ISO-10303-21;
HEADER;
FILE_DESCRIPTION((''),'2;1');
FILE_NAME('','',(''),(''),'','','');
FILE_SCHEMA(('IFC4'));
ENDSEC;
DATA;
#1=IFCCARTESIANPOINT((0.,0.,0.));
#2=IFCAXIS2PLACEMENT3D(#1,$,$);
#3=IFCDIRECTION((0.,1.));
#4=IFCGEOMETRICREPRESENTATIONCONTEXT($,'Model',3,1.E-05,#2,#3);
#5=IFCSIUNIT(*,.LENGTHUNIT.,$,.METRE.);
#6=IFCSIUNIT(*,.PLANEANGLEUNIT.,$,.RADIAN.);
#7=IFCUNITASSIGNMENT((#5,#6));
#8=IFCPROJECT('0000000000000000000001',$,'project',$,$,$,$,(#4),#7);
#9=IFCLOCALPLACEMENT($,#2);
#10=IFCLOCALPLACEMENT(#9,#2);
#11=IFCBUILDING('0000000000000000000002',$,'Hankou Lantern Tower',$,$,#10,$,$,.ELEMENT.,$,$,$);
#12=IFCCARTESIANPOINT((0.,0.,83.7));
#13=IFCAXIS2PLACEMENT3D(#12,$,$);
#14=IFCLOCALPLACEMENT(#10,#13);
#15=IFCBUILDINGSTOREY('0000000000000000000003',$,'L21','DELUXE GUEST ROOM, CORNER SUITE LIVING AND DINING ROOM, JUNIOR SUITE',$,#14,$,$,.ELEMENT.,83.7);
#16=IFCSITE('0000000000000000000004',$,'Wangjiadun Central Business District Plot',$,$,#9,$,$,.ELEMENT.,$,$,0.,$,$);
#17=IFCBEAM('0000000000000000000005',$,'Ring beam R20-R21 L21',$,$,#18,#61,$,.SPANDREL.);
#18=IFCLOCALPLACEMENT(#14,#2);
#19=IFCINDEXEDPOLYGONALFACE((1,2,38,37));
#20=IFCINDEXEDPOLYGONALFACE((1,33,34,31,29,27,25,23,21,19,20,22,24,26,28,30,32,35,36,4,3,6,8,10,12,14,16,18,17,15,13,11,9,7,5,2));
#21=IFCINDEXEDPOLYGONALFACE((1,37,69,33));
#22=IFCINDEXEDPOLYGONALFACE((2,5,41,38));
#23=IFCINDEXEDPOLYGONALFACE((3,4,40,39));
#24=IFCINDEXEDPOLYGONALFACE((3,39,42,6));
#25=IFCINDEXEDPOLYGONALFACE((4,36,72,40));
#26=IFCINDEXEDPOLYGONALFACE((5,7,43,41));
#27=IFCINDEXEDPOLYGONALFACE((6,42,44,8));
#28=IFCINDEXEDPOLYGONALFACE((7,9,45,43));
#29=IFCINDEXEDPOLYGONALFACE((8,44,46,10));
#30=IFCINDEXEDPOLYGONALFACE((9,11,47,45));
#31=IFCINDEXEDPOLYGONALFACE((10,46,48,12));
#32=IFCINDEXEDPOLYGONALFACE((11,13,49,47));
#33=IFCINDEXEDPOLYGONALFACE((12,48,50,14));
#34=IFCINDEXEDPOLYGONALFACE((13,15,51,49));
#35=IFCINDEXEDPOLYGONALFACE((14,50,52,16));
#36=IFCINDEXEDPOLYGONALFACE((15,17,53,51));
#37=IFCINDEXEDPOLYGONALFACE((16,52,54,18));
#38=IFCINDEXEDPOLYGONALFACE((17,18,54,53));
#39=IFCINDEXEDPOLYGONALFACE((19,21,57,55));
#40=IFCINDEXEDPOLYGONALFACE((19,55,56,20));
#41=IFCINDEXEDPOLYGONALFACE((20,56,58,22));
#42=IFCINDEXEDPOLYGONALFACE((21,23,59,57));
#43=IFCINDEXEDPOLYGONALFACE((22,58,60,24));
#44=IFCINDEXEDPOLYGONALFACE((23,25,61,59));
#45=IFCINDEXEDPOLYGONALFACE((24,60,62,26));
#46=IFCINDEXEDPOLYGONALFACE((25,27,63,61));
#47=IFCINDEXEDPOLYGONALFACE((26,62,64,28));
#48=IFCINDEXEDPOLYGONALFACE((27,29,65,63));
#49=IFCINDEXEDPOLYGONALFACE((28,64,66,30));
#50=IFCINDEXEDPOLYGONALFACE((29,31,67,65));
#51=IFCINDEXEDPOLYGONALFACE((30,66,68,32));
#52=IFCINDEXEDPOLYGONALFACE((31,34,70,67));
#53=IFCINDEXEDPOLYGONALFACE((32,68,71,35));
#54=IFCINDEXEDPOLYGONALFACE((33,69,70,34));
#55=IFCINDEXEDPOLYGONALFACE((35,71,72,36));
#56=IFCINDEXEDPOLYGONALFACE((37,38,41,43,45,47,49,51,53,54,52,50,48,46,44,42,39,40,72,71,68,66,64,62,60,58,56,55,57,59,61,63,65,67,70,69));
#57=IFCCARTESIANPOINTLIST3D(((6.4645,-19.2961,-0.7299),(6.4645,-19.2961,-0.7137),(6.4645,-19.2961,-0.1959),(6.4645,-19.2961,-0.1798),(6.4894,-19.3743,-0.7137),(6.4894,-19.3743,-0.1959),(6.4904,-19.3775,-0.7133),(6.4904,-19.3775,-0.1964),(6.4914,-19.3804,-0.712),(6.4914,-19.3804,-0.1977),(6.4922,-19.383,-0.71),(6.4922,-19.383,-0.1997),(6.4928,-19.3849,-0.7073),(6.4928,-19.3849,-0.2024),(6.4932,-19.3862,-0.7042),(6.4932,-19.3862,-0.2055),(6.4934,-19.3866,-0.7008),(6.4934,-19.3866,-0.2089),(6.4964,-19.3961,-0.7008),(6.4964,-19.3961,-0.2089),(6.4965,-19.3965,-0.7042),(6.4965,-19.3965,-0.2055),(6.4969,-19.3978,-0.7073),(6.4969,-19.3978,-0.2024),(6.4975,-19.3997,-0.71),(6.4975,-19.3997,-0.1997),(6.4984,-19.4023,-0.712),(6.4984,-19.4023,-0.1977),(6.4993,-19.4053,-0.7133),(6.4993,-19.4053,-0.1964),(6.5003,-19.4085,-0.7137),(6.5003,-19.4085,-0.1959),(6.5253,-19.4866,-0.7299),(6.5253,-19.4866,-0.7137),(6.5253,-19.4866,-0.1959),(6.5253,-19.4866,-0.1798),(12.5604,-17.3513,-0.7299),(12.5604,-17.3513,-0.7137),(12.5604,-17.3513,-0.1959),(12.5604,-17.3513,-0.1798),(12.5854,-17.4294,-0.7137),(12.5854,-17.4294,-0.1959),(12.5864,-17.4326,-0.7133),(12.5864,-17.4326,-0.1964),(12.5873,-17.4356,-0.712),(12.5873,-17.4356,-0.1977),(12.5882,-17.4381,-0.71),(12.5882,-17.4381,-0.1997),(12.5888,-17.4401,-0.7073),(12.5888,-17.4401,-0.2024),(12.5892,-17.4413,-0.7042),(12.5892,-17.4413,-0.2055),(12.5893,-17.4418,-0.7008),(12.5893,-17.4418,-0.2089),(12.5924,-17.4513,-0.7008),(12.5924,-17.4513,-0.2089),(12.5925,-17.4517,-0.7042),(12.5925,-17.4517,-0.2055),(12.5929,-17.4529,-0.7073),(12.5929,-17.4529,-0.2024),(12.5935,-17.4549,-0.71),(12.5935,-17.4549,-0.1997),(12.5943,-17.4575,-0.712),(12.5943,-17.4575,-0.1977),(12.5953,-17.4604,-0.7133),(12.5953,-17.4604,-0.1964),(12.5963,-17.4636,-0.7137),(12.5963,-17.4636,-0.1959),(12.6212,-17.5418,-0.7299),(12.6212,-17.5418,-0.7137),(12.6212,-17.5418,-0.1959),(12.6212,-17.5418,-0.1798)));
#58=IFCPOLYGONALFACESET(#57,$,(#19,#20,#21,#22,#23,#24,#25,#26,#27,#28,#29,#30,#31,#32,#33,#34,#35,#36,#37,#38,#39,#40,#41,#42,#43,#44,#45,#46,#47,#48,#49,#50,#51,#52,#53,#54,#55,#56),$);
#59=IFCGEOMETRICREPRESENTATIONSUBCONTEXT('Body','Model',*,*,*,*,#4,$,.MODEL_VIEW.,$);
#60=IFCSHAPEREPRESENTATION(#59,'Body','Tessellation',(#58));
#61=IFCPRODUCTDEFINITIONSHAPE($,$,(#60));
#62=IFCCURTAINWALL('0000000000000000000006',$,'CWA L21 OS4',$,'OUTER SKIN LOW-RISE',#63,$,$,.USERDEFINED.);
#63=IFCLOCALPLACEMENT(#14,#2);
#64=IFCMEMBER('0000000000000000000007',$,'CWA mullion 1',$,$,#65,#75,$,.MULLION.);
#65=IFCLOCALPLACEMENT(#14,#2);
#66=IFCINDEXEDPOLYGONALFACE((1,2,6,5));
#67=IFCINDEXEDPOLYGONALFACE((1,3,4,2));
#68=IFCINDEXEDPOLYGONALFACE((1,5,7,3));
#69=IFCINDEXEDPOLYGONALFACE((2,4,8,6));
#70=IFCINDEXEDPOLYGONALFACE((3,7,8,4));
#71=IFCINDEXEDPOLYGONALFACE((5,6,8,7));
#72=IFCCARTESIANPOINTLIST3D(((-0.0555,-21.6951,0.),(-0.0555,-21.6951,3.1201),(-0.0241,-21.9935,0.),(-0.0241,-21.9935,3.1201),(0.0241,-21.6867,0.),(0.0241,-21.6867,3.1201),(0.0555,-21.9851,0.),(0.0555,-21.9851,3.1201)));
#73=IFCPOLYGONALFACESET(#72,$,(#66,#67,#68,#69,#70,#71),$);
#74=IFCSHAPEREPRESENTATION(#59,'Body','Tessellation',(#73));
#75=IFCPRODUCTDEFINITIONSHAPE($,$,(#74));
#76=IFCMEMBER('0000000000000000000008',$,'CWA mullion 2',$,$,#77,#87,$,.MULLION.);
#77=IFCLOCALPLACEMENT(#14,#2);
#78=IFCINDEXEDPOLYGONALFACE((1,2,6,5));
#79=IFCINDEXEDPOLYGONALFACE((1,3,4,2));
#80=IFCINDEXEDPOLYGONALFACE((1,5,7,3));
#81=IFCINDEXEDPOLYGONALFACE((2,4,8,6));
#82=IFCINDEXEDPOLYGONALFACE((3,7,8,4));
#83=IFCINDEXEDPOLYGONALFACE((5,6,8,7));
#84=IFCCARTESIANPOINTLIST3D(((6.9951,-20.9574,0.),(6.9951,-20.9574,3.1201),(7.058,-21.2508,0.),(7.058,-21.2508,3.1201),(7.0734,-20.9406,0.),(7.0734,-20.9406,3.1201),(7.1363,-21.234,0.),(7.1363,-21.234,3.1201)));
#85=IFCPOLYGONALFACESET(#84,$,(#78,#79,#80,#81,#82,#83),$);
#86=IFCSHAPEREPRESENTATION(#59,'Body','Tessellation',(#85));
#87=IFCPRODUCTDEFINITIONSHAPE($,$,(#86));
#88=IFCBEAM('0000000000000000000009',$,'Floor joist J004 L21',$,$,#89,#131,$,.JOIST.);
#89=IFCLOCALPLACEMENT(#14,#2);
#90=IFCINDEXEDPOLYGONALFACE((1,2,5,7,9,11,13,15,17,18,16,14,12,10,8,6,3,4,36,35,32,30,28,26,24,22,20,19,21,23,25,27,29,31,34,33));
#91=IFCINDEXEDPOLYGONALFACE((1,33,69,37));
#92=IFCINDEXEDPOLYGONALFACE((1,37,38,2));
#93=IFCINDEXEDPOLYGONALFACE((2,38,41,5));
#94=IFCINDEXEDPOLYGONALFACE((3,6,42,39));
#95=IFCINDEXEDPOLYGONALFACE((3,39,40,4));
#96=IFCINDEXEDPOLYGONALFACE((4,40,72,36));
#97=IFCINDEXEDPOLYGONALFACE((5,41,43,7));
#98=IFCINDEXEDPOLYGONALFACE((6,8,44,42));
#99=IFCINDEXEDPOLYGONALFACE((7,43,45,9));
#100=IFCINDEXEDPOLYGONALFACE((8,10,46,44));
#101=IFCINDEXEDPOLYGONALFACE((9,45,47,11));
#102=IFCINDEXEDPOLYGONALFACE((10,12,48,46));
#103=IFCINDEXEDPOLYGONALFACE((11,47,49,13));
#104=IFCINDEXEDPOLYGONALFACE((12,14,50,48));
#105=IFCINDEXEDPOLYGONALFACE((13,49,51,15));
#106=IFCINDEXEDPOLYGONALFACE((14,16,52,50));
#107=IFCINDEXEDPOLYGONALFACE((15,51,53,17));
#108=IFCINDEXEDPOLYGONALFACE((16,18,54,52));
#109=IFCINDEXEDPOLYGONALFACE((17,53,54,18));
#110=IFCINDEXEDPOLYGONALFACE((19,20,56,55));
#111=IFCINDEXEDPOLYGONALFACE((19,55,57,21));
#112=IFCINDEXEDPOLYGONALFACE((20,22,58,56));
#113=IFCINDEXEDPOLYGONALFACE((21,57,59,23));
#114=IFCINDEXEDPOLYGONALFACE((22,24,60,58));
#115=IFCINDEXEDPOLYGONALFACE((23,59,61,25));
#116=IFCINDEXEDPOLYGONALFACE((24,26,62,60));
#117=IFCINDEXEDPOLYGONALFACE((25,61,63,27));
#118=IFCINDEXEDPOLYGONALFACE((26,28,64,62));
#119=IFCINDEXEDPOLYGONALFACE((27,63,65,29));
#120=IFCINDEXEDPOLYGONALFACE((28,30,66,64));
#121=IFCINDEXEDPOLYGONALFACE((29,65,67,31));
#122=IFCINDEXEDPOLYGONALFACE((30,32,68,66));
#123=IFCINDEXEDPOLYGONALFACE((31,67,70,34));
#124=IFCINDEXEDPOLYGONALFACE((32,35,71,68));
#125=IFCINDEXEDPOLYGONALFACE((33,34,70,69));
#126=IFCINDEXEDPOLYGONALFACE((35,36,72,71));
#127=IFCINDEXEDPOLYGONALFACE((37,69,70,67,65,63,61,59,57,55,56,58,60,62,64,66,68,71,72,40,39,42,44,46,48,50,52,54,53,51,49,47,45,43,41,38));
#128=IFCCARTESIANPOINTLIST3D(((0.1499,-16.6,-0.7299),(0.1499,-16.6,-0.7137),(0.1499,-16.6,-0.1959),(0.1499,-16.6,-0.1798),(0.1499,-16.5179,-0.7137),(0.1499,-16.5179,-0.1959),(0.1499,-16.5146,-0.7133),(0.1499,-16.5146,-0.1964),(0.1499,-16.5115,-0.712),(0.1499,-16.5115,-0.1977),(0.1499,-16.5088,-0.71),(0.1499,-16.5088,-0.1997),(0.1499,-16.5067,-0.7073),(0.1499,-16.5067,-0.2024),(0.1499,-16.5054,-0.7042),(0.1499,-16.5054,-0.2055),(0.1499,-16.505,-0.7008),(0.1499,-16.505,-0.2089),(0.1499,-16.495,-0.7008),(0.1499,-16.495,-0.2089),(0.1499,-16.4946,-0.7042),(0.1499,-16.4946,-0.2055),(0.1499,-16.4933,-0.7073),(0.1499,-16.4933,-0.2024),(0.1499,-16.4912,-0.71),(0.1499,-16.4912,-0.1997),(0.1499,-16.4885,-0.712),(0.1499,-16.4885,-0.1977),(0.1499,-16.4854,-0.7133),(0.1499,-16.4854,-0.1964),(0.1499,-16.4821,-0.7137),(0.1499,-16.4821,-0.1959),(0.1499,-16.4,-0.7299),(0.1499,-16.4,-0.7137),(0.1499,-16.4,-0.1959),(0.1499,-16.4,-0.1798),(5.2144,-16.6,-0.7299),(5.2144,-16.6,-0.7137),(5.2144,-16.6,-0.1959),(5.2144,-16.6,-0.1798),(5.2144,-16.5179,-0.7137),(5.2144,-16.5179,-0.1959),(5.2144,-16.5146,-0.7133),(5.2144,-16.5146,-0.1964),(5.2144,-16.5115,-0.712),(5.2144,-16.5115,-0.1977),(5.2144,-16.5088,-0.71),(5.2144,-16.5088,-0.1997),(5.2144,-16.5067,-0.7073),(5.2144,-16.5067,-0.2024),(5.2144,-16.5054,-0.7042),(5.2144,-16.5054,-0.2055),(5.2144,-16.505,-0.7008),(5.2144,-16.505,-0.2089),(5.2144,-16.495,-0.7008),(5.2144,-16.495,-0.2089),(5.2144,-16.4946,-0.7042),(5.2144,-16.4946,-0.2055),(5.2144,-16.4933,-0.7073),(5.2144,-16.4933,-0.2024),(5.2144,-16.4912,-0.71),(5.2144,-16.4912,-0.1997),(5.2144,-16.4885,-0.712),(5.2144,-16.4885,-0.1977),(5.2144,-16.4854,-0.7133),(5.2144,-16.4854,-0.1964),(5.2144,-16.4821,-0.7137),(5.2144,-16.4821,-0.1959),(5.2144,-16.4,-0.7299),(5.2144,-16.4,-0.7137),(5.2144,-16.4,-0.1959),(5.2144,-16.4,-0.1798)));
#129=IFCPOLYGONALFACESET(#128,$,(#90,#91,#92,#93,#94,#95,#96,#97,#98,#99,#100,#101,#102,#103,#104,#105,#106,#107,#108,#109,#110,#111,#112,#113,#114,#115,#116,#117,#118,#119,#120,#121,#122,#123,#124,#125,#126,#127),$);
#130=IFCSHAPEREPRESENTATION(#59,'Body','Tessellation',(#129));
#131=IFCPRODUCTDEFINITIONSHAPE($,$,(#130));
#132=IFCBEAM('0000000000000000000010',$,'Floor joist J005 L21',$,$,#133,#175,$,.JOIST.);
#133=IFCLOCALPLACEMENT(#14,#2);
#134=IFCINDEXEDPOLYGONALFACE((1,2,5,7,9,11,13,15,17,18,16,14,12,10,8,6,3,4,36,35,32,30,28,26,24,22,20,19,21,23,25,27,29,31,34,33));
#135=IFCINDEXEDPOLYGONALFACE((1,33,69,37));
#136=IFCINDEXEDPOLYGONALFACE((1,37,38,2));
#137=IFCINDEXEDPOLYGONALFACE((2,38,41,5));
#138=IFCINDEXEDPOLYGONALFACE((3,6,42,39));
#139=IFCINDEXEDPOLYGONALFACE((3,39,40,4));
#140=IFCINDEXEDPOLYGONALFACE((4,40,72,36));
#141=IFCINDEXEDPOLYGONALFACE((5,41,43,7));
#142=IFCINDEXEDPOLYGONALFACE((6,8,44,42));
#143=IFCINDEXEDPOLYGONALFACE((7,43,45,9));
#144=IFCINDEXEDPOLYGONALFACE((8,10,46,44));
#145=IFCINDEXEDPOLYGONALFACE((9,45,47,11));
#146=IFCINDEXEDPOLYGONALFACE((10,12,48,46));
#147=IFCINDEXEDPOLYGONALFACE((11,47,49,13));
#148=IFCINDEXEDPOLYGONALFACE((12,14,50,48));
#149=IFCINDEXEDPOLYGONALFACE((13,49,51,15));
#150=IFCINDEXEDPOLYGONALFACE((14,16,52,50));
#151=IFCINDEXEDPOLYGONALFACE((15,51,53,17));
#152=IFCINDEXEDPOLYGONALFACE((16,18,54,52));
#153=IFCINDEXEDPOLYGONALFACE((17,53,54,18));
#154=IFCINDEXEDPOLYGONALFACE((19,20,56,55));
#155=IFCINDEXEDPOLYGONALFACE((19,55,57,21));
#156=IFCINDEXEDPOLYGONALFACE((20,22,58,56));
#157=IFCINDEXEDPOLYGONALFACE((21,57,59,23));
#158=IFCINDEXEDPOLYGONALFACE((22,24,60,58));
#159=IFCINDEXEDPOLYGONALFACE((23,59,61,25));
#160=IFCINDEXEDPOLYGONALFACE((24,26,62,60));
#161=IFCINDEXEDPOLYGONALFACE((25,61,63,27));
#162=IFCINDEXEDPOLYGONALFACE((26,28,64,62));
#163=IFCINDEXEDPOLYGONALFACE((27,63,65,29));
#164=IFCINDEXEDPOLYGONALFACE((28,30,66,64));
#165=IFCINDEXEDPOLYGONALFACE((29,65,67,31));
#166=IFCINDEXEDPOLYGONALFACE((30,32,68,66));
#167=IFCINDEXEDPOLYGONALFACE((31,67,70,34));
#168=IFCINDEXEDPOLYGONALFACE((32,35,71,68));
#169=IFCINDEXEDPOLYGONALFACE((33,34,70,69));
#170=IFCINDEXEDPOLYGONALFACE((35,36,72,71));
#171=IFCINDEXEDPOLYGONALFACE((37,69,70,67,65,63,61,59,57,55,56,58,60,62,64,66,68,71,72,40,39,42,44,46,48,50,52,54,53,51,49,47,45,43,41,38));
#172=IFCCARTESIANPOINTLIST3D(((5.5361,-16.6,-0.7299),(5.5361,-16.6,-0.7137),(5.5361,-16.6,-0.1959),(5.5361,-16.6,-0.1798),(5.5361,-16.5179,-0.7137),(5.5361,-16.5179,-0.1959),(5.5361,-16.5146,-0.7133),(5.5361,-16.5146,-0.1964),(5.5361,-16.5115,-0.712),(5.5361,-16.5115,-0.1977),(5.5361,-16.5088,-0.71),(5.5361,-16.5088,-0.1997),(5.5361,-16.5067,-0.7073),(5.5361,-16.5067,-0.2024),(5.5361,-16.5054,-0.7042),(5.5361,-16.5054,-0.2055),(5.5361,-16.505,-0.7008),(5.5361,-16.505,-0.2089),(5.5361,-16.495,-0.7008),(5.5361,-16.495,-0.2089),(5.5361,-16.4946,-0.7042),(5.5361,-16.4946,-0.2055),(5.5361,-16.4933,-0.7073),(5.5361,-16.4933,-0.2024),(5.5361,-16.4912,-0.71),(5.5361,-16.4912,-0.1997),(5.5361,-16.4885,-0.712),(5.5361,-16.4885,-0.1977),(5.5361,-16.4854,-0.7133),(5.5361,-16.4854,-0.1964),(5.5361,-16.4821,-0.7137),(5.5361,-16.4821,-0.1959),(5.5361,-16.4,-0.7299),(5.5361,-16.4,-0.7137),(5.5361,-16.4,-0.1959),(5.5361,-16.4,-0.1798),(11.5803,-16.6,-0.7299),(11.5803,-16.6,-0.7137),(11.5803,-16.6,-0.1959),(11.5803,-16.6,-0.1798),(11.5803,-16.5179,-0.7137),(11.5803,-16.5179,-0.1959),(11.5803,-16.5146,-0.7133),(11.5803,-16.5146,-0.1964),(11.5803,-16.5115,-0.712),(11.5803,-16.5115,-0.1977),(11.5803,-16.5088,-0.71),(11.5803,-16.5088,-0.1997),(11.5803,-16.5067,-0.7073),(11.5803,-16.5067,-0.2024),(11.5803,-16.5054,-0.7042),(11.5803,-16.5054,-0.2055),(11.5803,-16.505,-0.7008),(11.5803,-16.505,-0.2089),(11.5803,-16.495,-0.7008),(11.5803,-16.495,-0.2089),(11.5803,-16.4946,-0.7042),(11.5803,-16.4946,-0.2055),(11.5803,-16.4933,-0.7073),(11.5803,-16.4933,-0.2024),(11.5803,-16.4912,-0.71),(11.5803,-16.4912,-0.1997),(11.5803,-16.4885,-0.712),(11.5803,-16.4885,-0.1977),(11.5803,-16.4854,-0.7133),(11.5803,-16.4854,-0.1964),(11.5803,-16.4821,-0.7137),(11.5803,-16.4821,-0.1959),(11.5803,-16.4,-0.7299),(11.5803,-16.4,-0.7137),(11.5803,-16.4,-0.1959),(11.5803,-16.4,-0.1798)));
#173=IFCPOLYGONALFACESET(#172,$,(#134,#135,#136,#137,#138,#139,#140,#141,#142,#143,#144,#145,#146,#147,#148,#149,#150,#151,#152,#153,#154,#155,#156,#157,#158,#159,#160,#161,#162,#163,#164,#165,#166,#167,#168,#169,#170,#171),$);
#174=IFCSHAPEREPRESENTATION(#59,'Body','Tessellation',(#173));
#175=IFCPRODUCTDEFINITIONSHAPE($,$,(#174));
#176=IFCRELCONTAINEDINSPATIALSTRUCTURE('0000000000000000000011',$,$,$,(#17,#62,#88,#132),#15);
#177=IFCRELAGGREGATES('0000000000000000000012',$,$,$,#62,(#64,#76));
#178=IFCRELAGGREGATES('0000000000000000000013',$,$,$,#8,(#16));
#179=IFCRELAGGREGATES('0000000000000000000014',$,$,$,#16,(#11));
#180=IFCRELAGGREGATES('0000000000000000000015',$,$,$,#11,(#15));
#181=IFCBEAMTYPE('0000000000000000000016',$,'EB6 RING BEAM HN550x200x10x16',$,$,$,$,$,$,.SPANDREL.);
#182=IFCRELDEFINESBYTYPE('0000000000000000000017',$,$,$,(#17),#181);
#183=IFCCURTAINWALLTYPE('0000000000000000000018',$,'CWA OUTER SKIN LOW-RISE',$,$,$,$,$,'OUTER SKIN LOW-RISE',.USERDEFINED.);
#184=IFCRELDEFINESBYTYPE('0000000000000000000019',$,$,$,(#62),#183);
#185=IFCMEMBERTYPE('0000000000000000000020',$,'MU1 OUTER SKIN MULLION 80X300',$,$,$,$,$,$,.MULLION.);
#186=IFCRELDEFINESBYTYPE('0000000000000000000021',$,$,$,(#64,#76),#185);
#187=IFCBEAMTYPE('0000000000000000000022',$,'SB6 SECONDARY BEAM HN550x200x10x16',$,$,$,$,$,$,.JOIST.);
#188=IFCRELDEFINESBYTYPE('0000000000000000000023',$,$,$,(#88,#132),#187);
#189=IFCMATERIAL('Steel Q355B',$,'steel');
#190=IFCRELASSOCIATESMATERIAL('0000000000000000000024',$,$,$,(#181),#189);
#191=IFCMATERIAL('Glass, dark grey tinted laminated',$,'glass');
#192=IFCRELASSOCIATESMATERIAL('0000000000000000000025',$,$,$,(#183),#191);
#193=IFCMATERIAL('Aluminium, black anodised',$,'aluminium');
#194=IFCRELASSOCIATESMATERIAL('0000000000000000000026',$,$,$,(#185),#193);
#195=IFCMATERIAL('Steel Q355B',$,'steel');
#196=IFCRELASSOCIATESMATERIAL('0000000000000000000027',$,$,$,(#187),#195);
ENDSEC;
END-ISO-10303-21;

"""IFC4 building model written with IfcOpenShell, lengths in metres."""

from ifc_helpers import new_model, si_unit, direction, frame, origin, origin_2d, place, context, subcontext, project, spatial, rectangle, i_section, extrude, material, material_profile, profile_set, type_object, element, aggregate, save


model = new_model("IFC4")

# Units and contexts
model_context = context("Model", 3, precision=1e-05, world=origin(), true_north=direction((0.0, 1.0)))
body_context = subcontext(model_context, "Body", "Model", "MODEL_VIEW")
ifc_project = project(units=[si_unit("LENGTHUNIT", "METRE"), si_unit("PLANEANGLEUNIT", "RADIAN")], contexts=[model_context])

# Site, building, storey
site_placement = place(None, origin())
site = spatial("IfcSite", under=ifc_project, at=site_placement, Name="Wangjiadun Central Business District Plot", CompositionType="ELEMENT", RefElevation=0.0)
building_placement = place(site_placement, origin())
building = spatial("IfcBuilding", under=site, at=building_placement, Name="Hankou Lantern Tower", CompositionType="ELEMENT")
storey_placement = place(building_placement, frame((0.0, 0.0, 83.7)))
storey = spatial("IfcBuildingStorey", under=building, at=storey_placement, Name="L21", Description="DELUXE GUEST ROOM, CORNER SUITE LIVING AND DINING ROOM, JUNIOR SUITE", CompositionType="ELEMENT", Elevation=83.7)

# Beam
ifc_material_1 = material(Name="Steel Q355B", Category="steel")
ifc_material_profile_1 = material_profile(ifc_material_1, i_section(OverallWidth=0.2, OverallDepth=0.55, WebThickness=0.01, FlangeThickness=0.0161, FilletRadius=0.0129, at=origin_2d()), Name="HN550x200x10x16")
ifc_profile_set_1 = profile_set([ifc_material_profile_1], Name="Steel Q355B")
beam_type_1 = type_object("IfcBeamType", Name="EB6 RING BEAM HN550x200x10x16", PredefinedType="SPANDREL", material=ifc_profile_set_1)
beam_1_placement = place(storey_placement, frame((6.4949, -19.3914, -0.4548), z_axis=(0.95269, 0.303942, 0.0), x_axis=(-0.303942, 0.95269, 0.0)))
element("IfcBeam", 1, at=beam_1_placement, inside=storey, type_object=beam_type_1, Name="Ring beam R20-R21 L21", PredefinedType="SPANDREL", context=body_context, shape_type="SweptSolid", body=[
    extrude(i_section(OverallWidth=0.2, OverallDepth=0.55, WebThickness=0.01, FlangeThickness=0.0161, FilletRadius=0.0129, at=origin_2d()), origin(), (0.0, 0.0, 1.0), 6.3987),
])

# Curtain wall, members
ifc_material_2 = material(Name="Glass, dark grey tinted laminated", Category="glass")
curtain_wall_type = type_object("IfcCurtainWallType", Name="CWA OUTER SKIN LOW-RISE", ElementType="OUTER SKIN LOW-RISE", PredefinedType="USERDEFINED", material=ifc_material_2)
curtain_wall_placement = place(storey_placement, origin())
curtain_wall = element("IfcCurtainWall", 2, at=curtain_wall_placement, inside=storey, type_object=curtain_wall_type, Name="CWA L21 OS4", ObjectType="OUTER SKIN LOW-RISE", PredefinedType="USERDEFINED")
ifc_material_3 = material(Name="Aluminium, black anodised", Category="aluminium")
ifc_material_profile_2 = material_profile(ifc_material_3, rectangle(XDim=0.0801, YDim=0.3, at=origin_2d()), Name="MU1 80X300")
ifc_profile_set_2 = profile_set([ifc_material_profile_2], Name="Aluminium, black anodised")
member_type_1 = type_object("IfcMemberType", Name="MU1 OUTER SKIN MULLION 80X300", PredefinedType="MULLION", material=ifc_profile_set_2)
member_1_placement = place(storey_placement, frame((0.0, -21.8401, 0.0), z_axis=(0.0, 0.0, 1.0), x_axis=(0.994499, 0.104743, 0.0)))
member_1 = element("IfcMember", 3, at=member_1_placement, type_object=member_type_1, Name="CWA mullion 1", PredefinedType="MULLION", context=body_context, shape_type="SweptSolid", body=[
    extrude(rectangle(XDim=0.0801, YDim=0.3, at=origin_2d()), origin(), (0.0, 0.0, 1.0), 3.1201),
])
member_2_placement = place(storey_placement, frame((7.0657, -21.0957, 0.0), z_axis=(0.0, 0.0, 1.0), x_axis=(0.977788, 0.209598, 0.0)))
member_2 = element("IfcMember", 4, at=member_2_placement, type_object=member_type_1, Name="CWA mullion 2", PredefinedType="MULLION", context=body_context, shape_type="SweptSolid", body=[
    extrude(rectangle(XDim=0.0801, YDim=0.3, at=origin_2d()), origin(), (0.0, 0.0, 1.0), 3.1201),
])

# Beams
ifc_material_4 = material(Name="Steel Q355B", Category="steel")
ifc_material_profile_3 = material_profile(ifc_material_4, i_section(OverallWidth=0.2, OverallDepth=0.55, WebThickness=0.01, FlangeThickness=0.0161, FilletRadius=0.0129, at=origin_2d()), Name="HN550x200x10x16")
ifc_profile_set_3 = profile_set([ifc_material_profile_3], Name="Steel Q355B")
beam_type_2 = type_object("IfcBeamType", Name="SB6 SECONDARY BEAM HN550x200x10x16", PredefinedType="JOIST", material=ifc_profile_set_3)
beam_2_placement = place(storey_placement, frame((0.1499, -16.5, -0.4548), z_axis=(1.0, 0.0, 0.0), x_axis=(0.0, 1.0, 0.0)))
element("IfcBeam", 5, at=beam_2_placement, inside=storey, type_object=beam_type_2, Name="Floor joist J004 L21", PredefinedType="JOIST", context=body_context, shape_type="SweptSolid", body=[
    extrude(i_section(OverallWidth=0.2, OverallDepth=0.55, WebThickness=0.01, FlangeThickness=0.0161, FilletRadius=0.0129, at=origin_2d()), origin(), (0.0, 0.0, 1.0), 5.0645),
])
beam_3_placement = place(storey_placement, frame((5.5361, -16.5, -0.4548), z_axis=(1.0, 0.0, 0.0), x_axis=(0.0, 1.0, 0.0)))
element("IfcBeam", 6, at=beam_3_placement, inside=storey, type_object=beam_type_2, Name="Floor joist J005 L21", PredefinedType="JOIST", context=body_context, shape_type="SweptSolid", body=[
    extrude(i_section(OverallWidth=0.2, OverallDepth=0.55, WebThickness=0.01, FlangeThickness=0.0161, FilletRadius=0.0129, at=origin_2d()), origin(), (0.0, 0.0, 1.0), 6.0442),
])

aggregate(curtain_wall, [member_1, member_2])

save(model, "model.ifc")
